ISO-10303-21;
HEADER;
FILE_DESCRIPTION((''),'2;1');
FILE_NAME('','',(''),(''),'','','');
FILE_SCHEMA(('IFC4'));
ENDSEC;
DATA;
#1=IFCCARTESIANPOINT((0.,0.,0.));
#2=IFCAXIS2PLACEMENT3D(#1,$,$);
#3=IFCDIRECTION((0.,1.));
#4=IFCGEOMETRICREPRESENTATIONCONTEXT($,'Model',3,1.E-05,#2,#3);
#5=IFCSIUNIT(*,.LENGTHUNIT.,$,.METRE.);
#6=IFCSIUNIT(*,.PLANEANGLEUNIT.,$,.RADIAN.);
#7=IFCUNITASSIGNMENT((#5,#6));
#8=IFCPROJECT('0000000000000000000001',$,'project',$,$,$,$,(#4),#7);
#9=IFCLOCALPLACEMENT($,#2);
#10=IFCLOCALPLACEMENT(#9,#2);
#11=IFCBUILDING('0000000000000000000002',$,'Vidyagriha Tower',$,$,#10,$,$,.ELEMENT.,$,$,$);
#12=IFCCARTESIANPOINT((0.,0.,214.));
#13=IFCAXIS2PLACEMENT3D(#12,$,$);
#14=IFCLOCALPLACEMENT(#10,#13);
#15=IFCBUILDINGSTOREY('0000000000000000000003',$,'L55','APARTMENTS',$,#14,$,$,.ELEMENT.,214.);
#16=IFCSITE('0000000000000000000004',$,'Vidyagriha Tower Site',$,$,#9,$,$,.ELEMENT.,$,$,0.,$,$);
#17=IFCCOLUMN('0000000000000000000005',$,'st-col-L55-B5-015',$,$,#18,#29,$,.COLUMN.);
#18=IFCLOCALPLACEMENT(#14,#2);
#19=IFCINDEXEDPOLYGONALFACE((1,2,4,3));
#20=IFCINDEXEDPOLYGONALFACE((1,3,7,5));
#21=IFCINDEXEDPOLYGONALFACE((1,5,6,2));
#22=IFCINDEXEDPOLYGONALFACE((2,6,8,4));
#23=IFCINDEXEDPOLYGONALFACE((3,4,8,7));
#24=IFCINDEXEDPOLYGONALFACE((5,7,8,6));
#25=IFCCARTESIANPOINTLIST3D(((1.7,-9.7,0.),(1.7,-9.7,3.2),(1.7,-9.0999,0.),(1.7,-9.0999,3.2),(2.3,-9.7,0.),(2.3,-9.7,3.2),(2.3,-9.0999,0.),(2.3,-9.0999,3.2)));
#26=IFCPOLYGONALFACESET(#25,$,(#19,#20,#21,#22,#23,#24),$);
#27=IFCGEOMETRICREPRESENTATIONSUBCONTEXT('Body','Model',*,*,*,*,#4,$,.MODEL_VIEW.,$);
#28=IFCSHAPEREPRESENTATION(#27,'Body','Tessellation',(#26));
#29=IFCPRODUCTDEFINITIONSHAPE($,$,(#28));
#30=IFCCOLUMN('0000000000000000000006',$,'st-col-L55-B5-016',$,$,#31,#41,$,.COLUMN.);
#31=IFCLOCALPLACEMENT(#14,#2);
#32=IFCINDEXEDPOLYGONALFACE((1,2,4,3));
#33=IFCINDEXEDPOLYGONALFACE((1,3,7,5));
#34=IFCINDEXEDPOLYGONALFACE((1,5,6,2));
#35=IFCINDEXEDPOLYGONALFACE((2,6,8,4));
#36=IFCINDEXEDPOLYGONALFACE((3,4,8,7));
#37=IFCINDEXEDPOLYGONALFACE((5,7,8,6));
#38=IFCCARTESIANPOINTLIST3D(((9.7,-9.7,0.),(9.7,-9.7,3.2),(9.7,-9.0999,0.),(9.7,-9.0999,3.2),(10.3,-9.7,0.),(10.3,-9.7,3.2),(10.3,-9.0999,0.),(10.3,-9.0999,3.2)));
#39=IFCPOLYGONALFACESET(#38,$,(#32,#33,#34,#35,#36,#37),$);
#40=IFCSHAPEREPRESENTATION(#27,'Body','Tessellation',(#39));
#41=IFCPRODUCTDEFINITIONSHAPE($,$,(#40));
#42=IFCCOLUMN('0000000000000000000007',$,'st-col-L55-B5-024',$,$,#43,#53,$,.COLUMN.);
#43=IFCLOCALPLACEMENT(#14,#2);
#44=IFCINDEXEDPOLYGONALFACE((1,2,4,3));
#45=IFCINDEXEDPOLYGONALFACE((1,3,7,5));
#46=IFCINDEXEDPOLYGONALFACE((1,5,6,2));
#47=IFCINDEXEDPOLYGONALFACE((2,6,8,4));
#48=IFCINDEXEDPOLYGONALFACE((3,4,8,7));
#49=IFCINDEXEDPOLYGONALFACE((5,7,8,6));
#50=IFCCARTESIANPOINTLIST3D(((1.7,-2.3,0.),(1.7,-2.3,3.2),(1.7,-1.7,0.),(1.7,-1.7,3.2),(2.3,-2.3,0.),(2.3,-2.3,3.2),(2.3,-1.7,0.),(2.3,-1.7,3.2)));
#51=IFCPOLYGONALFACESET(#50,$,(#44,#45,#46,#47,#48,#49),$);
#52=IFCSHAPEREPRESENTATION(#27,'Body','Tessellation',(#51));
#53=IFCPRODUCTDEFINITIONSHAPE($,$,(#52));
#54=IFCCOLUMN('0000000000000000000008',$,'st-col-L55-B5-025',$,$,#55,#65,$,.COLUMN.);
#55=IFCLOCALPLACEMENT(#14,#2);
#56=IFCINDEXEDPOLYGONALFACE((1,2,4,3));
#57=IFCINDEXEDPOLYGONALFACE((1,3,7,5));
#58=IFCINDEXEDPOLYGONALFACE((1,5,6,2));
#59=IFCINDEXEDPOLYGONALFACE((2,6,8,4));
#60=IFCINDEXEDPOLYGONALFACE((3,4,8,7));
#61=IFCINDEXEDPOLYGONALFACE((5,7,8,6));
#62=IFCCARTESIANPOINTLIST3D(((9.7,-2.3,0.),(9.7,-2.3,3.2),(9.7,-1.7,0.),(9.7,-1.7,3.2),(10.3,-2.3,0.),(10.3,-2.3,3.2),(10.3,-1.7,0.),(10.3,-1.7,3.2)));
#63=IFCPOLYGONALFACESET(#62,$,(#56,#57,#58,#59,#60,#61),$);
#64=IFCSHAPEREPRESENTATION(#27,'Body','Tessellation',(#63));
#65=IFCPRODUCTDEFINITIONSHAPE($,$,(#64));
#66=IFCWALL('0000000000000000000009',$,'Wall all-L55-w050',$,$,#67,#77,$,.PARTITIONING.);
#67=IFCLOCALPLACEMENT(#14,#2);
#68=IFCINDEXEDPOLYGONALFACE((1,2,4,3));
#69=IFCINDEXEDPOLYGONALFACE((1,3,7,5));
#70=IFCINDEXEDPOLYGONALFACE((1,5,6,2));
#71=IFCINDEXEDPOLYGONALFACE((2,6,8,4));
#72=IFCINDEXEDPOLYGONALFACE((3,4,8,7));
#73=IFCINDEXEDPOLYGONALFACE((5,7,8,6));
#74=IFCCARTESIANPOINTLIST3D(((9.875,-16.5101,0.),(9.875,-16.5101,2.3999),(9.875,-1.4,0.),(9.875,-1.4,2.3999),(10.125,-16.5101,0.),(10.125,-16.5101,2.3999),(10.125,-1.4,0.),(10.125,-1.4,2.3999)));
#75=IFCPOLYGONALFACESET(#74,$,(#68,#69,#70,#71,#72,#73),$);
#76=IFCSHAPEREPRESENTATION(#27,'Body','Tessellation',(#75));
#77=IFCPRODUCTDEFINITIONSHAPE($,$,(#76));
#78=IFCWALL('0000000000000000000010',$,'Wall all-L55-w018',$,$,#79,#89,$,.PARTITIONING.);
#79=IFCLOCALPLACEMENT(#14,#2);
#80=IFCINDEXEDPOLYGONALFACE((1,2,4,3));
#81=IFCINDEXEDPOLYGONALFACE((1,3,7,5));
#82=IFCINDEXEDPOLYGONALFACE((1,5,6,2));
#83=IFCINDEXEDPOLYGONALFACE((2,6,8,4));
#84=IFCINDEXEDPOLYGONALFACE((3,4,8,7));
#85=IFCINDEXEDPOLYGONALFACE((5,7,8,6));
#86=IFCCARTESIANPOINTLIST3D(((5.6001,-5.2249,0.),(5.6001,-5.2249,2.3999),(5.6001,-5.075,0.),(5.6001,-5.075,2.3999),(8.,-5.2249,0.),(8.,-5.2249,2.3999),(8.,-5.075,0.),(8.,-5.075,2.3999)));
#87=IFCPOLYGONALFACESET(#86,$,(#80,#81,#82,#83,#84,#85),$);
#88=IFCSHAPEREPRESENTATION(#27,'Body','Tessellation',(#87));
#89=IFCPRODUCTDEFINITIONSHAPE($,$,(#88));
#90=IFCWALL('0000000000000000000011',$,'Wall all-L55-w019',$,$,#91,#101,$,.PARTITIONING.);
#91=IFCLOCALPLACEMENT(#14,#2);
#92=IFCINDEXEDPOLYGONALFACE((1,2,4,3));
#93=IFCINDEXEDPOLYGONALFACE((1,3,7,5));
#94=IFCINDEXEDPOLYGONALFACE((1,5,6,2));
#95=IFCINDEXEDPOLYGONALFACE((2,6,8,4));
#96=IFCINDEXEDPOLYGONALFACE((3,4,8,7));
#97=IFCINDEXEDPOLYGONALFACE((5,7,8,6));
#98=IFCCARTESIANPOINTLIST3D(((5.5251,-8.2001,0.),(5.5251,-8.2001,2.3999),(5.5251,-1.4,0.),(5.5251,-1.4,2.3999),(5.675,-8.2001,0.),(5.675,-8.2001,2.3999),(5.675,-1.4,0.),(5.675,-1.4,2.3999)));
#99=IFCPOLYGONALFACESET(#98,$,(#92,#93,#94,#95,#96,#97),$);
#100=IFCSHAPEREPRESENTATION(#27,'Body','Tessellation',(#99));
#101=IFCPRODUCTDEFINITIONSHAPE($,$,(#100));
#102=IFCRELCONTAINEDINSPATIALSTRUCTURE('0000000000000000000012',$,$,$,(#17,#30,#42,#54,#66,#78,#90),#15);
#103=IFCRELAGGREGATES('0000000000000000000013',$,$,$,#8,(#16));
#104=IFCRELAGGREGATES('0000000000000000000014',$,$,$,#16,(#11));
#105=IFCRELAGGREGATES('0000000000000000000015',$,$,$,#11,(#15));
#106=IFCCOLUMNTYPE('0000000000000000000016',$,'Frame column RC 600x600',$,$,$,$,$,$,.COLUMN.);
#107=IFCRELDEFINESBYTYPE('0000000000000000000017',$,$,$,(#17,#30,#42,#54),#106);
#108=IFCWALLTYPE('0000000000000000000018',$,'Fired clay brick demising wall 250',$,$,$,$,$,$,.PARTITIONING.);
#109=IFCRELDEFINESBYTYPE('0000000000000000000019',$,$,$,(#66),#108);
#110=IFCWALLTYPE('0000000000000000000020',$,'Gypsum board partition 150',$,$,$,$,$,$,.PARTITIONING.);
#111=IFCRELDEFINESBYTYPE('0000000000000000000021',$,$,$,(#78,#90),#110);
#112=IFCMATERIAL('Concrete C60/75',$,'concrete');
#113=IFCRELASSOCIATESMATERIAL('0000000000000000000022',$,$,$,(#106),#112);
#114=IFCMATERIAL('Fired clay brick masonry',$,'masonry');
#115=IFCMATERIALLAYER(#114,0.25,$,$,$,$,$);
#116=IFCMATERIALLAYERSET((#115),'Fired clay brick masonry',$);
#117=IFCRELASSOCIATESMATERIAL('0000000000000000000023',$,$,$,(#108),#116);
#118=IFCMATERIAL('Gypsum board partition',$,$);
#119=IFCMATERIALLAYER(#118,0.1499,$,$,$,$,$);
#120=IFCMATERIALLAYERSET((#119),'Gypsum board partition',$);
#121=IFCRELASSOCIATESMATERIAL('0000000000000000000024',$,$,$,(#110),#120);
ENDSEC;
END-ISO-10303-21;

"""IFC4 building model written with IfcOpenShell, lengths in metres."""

from ifc_helpers import new_model, si_unit, direction, frame, frame_2d, origin, origin_2d, place, context, subcontext, project, spatial, rectangle, extrude, material, layer, layer_set, material_profile, profile_set, type_object, element, save


model = new_model("IFC4")

# Units and contexts
model_context = context("Model", 3, precision=1e-05, world=origin(), true_north=direction((0.0, 1.0)))
body_context = subcontext(model_context, "Body", "Model", "MODEL_VIEW")
ifc_project = project(units=[si_unit("LENGTHUNIT", "METRE"), si_unit("PLANEANGLEUNIT", "RADIAN")], contexts=[model_context])

# Site, building, storey
site_placement = place(None, origin())
site = spatial("IfcSite", under=ifc_project, at=site_placement, Name="Vidyagriha Tower Site", CompositionType="ELEMENT", RefElevation=0.0)
building_placement = place(site_placement, origin())
building = spatial("IfcBuilding", under=site, at=building_placement, Name="Vidyagriha Tower", CompositionType="ELEMENT")
storey_placement = place(building_placement, frame((0.0, 0.0, 214.0)))
storey = spatial("IfcBuildingStorey", under=building, at=storey_placement, Name="L55", Description="APARTMENTS", CompositionType="ELEMENT", Elevation=214.0)

# Columns
ifc_material_1 = material(Name="Concrete C60/75", Category="concrete")
ifc_material_profile = material_profile(ifc_material_1, rectangle(XDim=0.6001, YDim=0.6001, at=origin_2d()), Name="RC 600x600")
ifc_profile_set = profile_set([ifc_material_profile], Name="Concrete C60/75")
column_type = type_object("IfcColumnType", Name="Frame column RC 600x600", PredefinedType="COLUMN", material=ifc_profile_set)
for number, where, name in (
    (1, (2.0, -9.3999, 0.0), "st-col-L55-B5-015"),
    (2, (10.0, -9.3999, 0.0), "st-col-L55-B5-016"),
    (3, (2.0, -2.0, 0.0), "st-col-L55-B5-024"),
    (4, (10.0, -2.0, 0.0), "st-col-L55-B5-025"),
):
    element("IfcColumn", number, at=place(storey_placement, frame(where)), inside=storey, type_object=column_type, Name=name, PredefinedType="COLUMN", context=body_context, shape_type="SweptSolid", body=[
        extrude(rectangle(XDim=0.6001, YDim=0.6001, at=origin_2d()), origin(), (0.0, 0.0, 1.0), 3.2),
    ])

# Walls
ifc_material_2 = material(Name="Fired clay brick masonry", Category="masonry")
ifc_layer_1 = layer(ifc_material_2, 0.25)
ifc_layer_set_1 = layer_set([ifc_layer_1], Name="Fired clay brick masonry")
wall_type_1 = type_object("IfcWallType", Name="Fired clay brick demising wall 250", PredefinedType="PARTITIONING", material=ifc_layer_set_1)
wall_1_placement = place(storey_placement, frame((10.0, -1.3999, 0.0), z_axis=(0.0, 0.0, 1.0), x_axis=(0.0, -1.0, 0.0)))
element("IfcWall", 5, at=wall_1_placement, inside=storey, type_object=wall_type_1, Name="Wall all-L55-w050", PredefinedType="PARTITIONING", context=body_context, shape_type="SweptSolid", body=[
    extrude(rectangle(XDim=15.1101, YDim=0.25, at=frame_2d((7.5552, 0.0))), origin(), (0.0, 0.0, 1.0), 2.3999),
])
ifc_material_3 = material(Name="Gypsum board partition")
ifc_layer_2 = layer(ifc_material_3, 0.1499)
ifc_layer_set_2 = layer_set([ifc_layer_2], Name="Gypsum board partition")
wall_type_2 = type_object("IfcWallType", Name="Gypsum board partition 150", PredefinedType="PARTITIONING", material=ifc_layer_set_2)
wall_2_placement = place(storey_placement, frame((8.0, -5.1499, 0.0), z_axis=(0.0, 0.0, 1.0), x_axis=(-1.0, 0.0, 0.0)))
element("IfcWall", 6, at=wall_2_placement, inside=storey, type_object=wall_type_2, Name="Wall all-L55-w018", PredefinedType="PARTITIONING", context=body_context, shape_type="SweptSolid", body=[
    extrude(rectangle(XDim=2.3999, YDim=0.1499, at=frame_2d((1.2, 0.0))), origin(), (0.0, 0.0, 1.0), 2.3999),
])
wall_3_placement = place(storey_placement, frame((5.6001, -8.2, 0.0), z_axis=(0.0, 0.0, 1.0), x_axis=(0.0, 1.0, 0.0)))
element("IfcWall", 7, at=wall_3_placement, inside=storey, type_object=wall_type_2, Name="Wall all-L55-w019", PredefinedType="PARTITIONING", context=body_context, shape_type="SweptSolid", body=[
    extrude(rectangle(XDim=6.8, YDim=0.1499, at=frame_2d((3.3999, 0.0))), origin(), (0.0, 0.0, 1.0), 2.3999),
])

save(model, "model.ifc")
